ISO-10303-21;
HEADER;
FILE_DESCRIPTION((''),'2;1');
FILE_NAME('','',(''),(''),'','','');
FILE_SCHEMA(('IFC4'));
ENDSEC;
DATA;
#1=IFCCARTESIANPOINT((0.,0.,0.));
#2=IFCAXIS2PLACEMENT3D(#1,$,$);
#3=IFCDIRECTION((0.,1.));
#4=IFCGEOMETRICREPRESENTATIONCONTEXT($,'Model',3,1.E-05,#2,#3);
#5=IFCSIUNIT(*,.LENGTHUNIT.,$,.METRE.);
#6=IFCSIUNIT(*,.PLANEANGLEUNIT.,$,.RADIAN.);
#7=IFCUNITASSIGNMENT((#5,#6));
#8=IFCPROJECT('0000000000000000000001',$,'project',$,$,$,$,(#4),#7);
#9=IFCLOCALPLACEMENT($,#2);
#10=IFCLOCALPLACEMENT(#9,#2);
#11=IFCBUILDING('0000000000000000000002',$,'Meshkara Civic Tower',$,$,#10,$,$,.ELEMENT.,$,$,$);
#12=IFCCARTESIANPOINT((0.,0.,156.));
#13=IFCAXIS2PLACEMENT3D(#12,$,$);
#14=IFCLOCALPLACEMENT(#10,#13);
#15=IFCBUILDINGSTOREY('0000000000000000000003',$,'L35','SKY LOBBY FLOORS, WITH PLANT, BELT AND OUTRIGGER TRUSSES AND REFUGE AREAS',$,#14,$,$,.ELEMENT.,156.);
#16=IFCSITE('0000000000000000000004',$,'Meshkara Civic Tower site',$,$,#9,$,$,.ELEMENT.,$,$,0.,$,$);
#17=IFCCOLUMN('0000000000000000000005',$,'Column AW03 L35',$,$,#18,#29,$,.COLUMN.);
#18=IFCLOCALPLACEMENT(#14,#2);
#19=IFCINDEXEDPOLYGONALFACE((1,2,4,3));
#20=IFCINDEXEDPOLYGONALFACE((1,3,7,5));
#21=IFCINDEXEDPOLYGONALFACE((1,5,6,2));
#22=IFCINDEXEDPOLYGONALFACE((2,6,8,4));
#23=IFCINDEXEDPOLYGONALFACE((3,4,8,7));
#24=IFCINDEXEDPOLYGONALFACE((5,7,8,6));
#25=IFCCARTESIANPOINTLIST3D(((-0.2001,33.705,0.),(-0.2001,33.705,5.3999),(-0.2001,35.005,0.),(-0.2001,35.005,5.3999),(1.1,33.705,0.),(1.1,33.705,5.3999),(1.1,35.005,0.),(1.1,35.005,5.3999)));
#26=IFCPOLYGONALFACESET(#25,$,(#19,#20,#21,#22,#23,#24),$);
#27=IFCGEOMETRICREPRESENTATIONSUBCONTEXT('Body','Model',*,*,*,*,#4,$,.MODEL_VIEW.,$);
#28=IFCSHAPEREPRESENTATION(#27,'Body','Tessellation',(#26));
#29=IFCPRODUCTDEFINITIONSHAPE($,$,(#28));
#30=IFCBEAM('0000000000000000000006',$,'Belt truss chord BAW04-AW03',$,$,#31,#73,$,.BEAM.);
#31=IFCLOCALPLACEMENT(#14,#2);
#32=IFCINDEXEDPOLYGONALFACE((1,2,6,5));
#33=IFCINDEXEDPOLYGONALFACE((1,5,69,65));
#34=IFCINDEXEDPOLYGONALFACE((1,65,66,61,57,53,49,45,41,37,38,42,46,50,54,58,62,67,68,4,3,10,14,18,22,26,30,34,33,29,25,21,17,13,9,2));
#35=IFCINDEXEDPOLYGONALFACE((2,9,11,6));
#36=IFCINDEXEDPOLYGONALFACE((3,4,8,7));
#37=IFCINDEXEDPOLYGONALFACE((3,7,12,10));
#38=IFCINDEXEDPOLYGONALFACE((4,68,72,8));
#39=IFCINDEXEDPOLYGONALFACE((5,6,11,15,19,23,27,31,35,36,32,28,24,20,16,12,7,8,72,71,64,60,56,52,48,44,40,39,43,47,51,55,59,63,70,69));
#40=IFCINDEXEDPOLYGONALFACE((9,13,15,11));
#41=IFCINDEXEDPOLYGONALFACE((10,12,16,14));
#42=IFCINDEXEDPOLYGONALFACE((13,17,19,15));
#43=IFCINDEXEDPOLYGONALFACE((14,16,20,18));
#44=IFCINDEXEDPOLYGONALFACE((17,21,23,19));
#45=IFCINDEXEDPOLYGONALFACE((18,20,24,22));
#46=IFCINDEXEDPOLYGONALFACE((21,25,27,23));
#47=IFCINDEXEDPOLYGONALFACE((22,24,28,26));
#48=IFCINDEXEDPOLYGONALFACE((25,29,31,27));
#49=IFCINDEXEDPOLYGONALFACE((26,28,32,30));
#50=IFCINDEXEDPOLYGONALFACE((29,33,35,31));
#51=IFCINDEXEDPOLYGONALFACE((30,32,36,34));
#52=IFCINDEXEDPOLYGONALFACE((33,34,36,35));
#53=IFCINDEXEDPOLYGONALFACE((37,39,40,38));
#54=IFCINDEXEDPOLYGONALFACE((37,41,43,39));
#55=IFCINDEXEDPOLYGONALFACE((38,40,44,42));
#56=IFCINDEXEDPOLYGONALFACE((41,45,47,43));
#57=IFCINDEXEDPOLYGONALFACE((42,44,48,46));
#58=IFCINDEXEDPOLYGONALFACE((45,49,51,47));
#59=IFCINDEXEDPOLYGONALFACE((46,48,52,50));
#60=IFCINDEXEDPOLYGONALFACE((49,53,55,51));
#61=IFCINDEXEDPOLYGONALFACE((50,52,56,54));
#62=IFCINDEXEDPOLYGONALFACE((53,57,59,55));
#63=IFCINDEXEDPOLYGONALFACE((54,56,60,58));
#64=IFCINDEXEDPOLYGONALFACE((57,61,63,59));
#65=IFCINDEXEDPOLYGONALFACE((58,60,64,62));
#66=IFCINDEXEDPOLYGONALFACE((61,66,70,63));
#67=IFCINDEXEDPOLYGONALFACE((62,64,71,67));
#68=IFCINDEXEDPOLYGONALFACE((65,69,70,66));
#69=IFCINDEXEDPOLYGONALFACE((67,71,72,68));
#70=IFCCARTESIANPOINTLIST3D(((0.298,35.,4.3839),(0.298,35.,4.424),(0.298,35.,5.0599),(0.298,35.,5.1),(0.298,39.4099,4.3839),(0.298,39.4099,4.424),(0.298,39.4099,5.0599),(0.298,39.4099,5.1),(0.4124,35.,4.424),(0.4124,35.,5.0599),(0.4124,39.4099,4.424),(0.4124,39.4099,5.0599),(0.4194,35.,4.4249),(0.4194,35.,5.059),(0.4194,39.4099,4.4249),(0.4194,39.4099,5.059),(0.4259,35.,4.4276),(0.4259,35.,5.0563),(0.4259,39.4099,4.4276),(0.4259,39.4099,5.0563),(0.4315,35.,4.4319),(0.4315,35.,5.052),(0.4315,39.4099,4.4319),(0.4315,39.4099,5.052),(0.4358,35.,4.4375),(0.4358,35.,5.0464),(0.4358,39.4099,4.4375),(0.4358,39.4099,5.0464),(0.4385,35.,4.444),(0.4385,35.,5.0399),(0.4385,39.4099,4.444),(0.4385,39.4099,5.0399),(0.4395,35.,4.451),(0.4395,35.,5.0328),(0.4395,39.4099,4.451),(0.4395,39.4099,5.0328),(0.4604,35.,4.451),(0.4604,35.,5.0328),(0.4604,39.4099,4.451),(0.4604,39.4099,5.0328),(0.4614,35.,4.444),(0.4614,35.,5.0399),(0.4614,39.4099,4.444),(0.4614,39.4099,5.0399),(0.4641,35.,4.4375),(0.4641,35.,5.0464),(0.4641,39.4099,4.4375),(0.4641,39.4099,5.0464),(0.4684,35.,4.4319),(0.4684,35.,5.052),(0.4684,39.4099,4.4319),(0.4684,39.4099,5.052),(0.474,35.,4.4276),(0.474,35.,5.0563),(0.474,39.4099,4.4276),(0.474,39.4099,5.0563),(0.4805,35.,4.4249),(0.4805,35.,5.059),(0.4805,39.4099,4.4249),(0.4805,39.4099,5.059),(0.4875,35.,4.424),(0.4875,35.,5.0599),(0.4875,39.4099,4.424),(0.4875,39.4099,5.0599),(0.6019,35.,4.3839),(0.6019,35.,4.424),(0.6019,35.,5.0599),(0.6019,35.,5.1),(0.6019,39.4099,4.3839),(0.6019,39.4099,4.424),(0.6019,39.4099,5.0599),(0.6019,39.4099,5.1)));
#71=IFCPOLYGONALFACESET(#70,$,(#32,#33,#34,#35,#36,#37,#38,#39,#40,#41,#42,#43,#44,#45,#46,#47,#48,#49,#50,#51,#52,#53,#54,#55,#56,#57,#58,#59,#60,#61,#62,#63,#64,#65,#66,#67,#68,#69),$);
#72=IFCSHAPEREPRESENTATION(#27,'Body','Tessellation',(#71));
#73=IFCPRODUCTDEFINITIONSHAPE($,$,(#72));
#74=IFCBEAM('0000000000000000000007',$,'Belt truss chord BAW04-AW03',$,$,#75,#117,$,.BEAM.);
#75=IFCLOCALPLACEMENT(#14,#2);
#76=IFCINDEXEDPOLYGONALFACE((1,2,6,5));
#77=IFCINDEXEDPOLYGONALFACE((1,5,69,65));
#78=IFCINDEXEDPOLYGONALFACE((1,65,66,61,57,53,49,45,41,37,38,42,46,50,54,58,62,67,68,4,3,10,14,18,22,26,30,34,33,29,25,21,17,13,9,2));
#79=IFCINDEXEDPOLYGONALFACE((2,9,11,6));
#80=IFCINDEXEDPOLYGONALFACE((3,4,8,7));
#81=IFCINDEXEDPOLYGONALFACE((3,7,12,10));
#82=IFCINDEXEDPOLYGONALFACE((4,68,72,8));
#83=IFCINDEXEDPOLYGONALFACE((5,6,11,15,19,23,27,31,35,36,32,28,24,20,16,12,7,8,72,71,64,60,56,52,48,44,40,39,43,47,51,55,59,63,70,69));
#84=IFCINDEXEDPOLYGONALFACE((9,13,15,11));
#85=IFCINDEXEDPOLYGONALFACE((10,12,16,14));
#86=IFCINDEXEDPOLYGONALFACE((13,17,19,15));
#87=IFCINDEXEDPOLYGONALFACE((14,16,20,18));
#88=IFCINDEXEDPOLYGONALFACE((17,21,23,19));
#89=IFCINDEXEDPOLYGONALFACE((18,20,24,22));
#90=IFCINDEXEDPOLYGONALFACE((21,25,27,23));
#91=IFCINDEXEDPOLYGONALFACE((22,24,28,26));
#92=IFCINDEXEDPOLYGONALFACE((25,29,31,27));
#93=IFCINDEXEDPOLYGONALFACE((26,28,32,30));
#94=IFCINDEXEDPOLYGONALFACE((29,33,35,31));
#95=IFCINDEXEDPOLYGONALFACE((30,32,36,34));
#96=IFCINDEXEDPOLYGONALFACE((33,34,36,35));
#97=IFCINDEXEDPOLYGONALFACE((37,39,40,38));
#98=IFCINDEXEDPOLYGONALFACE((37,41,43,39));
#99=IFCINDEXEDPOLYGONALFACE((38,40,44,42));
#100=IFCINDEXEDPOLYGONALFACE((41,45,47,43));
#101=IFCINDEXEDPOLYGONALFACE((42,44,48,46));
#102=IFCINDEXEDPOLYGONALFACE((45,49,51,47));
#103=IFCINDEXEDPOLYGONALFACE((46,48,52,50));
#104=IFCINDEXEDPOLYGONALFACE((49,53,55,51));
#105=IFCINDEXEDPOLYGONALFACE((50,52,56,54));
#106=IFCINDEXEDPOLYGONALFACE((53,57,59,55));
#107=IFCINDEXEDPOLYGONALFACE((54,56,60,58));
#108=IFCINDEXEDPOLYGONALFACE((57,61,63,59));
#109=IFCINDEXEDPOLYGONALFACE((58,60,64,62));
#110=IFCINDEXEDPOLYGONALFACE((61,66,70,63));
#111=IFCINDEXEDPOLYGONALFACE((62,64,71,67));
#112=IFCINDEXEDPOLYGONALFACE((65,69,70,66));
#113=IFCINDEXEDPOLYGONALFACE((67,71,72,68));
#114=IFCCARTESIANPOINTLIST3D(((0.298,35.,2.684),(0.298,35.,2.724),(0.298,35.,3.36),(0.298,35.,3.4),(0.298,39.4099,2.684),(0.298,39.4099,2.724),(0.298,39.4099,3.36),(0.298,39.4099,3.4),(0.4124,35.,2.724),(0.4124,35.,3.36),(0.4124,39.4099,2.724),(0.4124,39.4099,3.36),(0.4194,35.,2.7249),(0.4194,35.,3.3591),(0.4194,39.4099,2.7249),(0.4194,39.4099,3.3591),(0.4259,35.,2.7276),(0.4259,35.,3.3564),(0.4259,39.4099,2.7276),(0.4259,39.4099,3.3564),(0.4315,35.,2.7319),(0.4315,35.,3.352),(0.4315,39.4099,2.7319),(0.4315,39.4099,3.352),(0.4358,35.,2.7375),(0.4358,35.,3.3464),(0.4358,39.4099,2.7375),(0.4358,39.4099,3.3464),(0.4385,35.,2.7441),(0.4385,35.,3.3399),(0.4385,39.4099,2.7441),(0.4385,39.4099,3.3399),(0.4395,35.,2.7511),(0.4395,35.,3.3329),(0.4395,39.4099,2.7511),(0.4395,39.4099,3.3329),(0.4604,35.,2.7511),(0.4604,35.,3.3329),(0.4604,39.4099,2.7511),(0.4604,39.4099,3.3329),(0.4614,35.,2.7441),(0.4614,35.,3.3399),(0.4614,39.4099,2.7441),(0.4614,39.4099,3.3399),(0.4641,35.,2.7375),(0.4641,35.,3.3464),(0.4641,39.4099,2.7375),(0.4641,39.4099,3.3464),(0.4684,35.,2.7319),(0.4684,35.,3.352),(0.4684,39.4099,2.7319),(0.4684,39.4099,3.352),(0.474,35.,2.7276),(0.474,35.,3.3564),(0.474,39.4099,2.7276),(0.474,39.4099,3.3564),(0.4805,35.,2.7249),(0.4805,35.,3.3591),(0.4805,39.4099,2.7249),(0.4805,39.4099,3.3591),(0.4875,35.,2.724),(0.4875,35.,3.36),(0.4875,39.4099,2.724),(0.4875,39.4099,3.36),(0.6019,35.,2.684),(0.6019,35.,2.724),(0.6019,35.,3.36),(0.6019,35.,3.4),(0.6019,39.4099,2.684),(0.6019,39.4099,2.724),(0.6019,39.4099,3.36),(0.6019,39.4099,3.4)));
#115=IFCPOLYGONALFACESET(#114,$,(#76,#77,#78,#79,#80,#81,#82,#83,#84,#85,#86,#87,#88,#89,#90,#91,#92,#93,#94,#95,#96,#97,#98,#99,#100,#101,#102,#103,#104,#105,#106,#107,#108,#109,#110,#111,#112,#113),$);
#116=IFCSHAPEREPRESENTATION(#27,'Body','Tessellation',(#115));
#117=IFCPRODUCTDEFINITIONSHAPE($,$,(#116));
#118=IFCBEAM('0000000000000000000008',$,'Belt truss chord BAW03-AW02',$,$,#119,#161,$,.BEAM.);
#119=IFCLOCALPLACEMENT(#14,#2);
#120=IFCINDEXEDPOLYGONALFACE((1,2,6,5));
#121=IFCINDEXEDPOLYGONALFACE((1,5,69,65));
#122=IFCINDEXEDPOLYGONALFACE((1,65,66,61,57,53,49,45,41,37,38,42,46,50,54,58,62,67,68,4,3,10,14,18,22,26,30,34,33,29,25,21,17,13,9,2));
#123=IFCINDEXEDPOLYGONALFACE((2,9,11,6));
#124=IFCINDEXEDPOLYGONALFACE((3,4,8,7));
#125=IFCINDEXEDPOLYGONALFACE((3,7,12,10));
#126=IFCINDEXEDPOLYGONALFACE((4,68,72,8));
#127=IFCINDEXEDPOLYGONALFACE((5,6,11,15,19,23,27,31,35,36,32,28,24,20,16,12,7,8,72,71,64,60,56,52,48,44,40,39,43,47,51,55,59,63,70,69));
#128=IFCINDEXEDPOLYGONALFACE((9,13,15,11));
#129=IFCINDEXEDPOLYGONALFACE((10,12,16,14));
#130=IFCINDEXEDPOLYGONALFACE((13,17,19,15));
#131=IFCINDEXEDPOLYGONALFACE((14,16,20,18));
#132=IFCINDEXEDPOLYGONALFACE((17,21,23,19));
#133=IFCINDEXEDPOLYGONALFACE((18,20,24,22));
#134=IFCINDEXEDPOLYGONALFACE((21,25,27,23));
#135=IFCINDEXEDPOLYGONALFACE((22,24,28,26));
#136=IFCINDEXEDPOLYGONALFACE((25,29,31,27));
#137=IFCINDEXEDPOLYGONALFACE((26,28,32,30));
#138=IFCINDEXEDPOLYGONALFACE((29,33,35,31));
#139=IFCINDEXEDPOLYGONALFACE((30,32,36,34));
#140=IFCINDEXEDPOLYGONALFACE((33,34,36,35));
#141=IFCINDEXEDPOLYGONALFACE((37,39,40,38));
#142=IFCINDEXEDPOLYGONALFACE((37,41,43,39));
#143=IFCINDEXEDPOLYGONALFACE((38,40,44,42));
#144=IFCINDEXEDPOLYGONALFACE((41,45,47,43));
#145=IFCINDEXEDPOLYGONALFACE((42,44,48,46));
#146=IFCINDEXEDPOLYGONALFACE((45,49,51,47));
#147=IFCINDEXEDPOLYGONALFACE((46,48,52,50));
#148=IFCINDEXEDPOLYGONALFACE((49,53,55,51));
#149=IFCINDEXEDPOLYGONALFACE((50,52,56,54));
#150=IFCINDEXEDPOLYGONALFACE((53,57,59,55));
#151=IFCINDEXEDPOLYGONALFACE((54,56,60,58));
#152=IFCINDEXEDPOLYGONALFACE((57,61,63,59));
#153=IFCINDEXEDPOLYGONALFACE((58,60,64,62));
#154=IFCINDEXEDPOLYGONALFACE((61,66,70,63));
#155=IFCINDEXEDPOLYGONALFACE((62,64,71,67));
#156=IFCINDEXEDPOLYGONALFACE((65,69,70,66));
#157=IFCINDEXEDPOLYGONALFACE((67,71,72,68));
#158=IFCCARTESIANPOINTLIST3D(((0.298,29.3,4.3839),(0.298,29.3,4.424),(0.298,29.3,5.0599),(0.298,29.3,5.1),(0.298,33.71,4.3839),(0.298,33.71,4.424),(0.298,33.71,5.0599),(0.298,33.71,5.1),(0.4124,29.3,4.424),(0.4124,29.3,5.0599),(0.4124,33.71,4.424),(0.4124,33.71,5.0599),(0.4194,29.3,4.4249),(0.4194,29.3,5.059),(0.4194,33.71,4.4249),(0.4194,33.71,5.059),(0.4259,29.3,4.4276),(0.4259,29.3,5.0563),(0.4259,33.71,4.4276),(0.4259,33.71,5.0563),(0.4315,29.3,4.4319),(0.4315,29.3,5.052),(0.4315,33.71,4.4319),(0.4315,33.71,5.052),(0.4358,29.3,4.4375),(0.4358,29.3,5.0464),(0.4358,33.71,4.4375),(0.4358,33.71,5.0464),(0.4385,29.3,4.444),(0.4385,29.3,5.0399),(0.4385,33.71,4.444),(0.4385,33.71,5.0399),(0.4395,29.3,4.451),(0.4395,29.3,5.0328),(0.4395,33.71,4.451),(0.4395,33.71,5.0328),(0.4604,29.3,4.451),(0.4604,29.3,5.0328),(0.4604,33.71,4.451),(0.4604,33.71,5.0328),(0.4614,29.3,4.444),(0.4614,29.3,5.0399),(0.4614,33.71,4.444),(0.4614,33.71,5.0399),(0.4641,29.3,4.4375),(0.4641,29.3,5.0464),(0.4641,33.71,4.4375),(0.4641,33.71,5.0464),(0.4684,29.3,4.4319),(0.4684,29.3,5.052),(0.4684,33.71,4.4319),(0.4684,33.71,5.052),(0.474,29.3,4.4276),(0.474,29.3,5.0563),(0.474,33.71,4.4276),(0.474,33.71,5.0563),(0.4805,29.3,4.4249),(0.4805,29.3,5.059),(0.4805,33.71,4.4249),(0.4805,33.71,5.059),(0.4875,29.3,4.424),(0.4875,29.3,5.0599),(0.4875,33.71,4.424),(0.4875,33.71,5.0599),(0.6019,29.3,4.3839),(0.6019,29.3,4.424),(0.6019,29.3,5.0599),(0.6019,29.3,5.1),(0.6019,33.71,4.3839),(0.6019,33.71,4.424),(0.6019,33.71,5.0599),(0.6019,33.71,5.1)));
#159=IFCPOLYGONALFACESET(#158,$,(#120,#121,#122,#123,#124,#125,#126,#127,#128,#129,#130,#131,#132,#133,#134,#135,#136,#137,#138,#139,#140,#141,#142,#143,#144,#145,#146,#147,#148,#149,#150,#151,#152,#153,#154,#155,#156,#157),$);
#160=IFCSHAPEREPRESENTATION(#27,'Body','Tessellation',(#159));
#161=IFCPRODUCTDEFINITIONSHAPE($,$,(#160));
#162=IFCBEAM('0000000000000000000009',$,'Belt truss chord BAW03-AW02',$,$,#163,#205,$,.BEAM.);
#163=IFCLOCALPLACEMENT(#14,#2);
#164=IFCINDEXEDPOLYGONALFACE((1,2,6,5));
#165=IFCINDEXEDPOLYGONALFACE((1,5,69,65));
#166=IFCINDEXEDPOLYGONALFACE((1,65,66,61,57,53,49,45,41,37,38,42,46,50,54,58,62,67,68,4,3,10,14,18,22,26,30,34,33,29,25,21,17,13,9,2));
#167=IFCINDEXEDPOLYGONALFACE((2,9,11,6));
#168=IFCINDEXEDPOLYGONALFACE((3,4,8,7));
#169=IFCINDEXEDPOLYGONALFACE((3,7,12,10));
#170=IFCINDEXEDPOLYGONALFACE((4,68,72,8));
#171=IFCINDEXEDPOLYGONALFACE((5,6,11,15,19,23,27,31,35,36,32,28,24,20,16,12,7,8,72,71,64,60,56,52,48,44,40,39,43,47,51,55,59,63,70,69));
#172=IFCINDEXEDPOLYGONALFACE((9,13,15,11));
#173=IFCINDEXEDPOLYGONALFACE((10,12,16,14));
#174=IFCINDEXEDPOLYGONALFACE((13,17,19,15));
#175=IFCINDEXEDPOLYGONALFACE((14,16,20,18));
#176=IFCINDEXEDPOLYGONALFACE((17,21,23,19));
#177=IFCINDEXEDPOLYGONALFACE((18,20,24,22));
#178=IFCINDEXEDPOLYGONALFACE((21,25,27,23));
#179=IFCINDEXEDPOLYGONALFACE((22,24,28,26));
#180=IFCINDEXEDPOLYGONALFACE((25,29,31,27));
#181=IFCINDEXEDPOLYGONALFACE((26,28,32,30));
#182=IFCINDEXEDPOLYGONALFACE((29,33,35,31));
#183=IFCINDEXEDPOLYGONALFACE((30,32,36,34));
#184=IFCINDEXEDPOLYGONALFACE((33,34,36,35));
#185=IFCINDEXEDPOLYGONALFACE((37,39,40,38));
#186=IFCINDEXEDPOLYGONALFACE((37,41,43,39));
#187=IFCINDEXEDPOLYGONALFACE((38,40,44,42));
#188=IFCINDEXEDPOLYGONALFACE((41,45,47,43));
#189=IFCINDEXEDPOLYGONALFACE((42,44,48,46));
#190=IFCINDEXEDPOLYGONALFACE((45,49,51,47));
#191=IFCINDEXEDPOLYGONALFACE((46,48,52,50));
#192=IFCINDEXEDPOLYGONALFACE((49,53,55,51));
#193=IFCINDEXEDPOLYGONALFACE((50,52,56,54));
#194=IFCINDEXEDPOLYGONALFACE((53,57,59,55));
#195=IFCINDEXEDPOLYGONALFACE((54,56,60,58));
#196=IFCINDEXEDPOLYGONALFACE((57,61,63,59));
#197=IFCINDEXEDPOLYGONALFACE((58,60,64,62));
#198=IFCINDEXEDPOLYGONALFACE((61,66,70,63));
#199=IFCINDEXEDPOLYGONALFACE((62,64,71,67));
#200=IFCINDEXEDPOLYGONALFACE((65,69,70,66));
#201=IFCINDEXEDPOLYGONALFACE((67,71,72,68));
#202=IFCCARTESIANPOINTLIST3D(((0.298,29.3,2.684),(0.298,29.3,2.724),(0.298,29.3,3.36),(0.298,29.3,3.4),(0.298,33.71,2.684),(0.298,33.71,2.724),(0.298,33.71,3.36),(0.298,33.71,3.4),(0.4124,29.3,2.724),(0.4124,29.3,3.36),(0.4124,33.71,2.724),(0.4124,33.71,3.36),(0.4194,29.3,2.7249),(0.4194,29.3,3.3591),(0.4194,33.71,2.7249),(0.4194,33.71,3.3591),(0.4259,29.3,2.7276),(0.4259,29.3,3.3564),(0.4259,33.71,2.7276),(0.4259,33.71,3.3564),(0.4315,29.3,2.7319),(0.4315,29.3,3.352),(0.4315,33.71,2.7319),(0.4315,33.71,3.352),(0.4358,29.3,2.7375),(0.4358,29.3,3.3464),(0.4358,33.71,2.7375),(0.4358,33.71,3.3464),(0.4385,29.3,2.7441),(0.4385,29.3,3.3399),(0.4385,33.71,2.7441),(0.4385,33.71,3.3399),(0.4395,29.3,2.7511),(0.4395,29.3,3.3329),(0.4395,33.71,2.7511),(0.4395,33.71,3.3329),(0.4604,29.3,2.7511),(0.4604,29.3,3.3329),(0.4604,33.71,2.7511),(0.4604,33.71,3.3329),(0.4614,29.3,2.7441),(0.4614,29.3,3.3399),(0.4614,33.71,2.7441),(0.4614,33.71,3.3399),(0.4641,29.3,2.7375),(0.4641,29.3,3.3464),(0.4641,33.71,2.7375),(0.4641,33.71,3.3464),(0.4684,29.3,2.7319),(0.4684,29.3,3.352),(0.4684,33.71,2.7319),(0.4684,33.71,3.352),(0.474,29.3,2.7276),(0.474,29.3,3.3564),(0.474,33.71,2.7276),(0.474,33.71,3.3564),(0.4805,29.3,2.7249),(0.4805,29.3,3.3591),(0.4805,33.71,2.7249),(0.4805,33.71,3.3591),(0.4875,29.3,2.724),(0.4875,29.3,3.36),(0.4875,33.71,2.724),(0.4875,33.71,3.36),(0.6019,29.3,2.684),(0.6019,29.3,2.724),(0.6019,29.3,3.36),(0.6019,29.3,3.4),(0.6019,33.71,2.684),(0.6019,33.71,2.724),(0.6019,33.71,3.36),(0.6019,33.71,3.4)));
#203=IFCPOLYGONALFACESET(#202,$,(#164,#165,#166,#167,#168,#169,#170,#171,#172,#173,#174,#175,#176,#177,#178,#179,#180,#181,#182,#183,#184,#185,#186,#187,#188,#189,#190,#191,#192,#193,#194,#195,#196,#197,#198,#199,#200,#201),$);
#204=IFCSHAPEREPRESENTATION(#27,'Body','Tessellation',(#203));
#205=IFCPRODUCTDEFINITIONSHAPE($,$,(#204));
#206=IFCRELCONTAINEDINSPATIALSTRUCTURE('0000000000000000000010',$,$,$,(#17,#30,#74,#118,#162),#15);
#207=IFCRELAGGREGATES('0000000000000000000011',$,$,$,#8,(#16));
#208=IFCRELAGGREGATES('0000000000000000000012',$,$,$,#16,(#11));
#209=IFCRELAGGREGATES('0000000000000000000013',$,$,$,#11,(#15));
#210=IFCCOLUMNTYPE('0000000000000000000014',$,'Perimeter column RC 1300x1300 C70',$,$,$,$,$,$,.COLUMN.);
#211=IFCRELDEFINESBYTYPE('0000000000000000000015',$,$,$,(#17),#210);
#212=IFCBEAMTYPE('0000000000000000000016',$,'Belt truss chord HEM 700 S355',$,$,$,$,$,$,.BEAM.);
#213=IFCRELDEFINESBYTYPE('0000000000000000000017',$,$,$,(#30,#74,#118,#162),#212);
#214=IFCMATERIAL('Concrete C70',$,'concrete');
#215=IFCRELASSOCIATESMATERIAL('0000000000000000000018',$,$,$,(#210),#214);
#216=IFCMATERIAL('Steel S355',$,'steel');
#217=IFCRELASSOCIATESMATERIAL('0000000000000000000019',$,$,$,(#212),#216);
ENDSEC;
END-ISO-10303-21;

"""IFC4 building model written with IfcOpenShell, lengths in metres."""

from ifc_helpers import new_model, si_unit, direction, frame, origin, origin_2d, place, context, subcontext, project, spatial, rectangle, i_section, extrude, material, material_profile, profile_set, type_object, element, save


model = new_model("IFC4")

# Units and contexts
model_context = context("Model", 3, precision=1e-05, world=origin(), true_north=direction((0.0, 1.0)))
body_context = subcontext(model_context, "Body", "Model", "MODEL_VIEW")
ifc_project = project(units=[si_unit("LENGTHUNIT", "METRE"), si_unit("PLANEANGLEUNIT", "RADIAN")], contexts=[model_context])

# Site, building, storey
site_placement = place(None, origin())
site = spatial("IfcSite", under=ifc_project, at=site_placement, Name="Meshkara Civic Tower site", CompositionType="ELEMENT", RefElevation=0.0)
building_placement = place(site_placement, origin())
building = spatial("IfcBuilding", under=site, at=building_placement, Name="Meshkara Civic Tower", CompositionType="ELEMENT")
storey_placement = place(building_placement, frame((0.0, 0.0, 156.0)))
storey = spatial("IfcBuildingStorey", under=building, at=storey_placement, Name="L35", Description="SKY LOBBY FLOORS, WITH PLANT, BELT AND OUTRIGGER TRUSSES AND REFUGE AREAS", CompositionType="ELEMENT", Elevation=156.0)

# Column
ifc_material_1 = material(Name="Concrete C70", Category="concrete")
ifc_material_profile_1 = material_profile(ifc_material_1, rectangle(XDim=1.3, YDim=1.3, at=origin_2d()))
ifc_profile_set_1 = profile_set([ifc_material_profile_1], Name="Concrete C70")
column_type = type_object("IfcColumnType", Name="Perimeter column RC 1300x1300 C70", PredefinedType="COLUMN", material=ifc_profile_set_1)
column_placement = place(storey_placement, frame((0.45, 34.355, 0.0), z_axis=(0.0, 0.0, 1.0), x_axis=(1.0, 0.0, 0.0)))
element("IfcColumn", 1, at=column_placement, inside=storey, type_object=column_type, Name="Column AW03 L35", PredefinedType="COLUMN", context=body_context, shape_type="SweptSolid", body=[
    extrude(rectangle(XDim=1.3, YDim=1.3, at=origin_2d()), origin(), (0.0, 0.0, 1.0), 5.3999),
])

# Beams
ifc_material_2 = material(Name="Steel S355", Category="steel")
ifc_material_profile_2 = material_profile(ifc_material_2, i_section(OverallWidth=0.304, OverallDepth=0.7161, WebThickness=0.021, FlangeThickness=0.04, FilletRadius=0.0271, at=origin_2d()))
ifc_profile_set_2 = profile_set([ifc_material_profile_2], Name="Steel S355")
beam_type_1 = type_object("IfcBeamType", Name="Belt truss chord HEM 700 S355", PredefinedType="BEAM", material=ifc_profile_set_2)
for number, where, z_axis, x_axis, name in (
    (2, (0.45, 39.4099, 4.7419), (0.0, -1.0, 0.0), (1.0, 0.0, 0.0), "Belt truss chord BAW04-AW03"),
    (3, (0.45, 39.4099, 3.042), (0.0, -1.0, 0.0), (1.0, 0.0, 0.0), "Belt truss chord BAW04-AW03"),
    (4, (0.45, 33.71, 4.7419), (0.0, -1.0, 0.0), (1.0, 0.0, 0.0), "Belt truss chord BAW03-AW02"),
    (5, (0.45, 33.71, 3.042), (0.0, -1.0, 0.0), (1.0, 0.0, 0.0), "Belt truss chord BAW03-AW02"),
):
    element("IfcBeam", number, at=place(storey_placement, frame(where, z_axis=z_axis, x_axis=x_axis)), inside=storey, type_object=beam_type_1, Name=name, PredefinedType="BEAM", context=body_context, shape_type="SweptSolid", body=[
        extrude(i_section(OverallWidth=0.304, OverallDepth=0.7161, WebThickness=0.021, FlangeThickness=0.04, FilletRadius=0.0271, at=origin_2d()), origin(), (0.0, 0.0, 1.0), 4.4099),
    ])

save(model, "model.ifc")
